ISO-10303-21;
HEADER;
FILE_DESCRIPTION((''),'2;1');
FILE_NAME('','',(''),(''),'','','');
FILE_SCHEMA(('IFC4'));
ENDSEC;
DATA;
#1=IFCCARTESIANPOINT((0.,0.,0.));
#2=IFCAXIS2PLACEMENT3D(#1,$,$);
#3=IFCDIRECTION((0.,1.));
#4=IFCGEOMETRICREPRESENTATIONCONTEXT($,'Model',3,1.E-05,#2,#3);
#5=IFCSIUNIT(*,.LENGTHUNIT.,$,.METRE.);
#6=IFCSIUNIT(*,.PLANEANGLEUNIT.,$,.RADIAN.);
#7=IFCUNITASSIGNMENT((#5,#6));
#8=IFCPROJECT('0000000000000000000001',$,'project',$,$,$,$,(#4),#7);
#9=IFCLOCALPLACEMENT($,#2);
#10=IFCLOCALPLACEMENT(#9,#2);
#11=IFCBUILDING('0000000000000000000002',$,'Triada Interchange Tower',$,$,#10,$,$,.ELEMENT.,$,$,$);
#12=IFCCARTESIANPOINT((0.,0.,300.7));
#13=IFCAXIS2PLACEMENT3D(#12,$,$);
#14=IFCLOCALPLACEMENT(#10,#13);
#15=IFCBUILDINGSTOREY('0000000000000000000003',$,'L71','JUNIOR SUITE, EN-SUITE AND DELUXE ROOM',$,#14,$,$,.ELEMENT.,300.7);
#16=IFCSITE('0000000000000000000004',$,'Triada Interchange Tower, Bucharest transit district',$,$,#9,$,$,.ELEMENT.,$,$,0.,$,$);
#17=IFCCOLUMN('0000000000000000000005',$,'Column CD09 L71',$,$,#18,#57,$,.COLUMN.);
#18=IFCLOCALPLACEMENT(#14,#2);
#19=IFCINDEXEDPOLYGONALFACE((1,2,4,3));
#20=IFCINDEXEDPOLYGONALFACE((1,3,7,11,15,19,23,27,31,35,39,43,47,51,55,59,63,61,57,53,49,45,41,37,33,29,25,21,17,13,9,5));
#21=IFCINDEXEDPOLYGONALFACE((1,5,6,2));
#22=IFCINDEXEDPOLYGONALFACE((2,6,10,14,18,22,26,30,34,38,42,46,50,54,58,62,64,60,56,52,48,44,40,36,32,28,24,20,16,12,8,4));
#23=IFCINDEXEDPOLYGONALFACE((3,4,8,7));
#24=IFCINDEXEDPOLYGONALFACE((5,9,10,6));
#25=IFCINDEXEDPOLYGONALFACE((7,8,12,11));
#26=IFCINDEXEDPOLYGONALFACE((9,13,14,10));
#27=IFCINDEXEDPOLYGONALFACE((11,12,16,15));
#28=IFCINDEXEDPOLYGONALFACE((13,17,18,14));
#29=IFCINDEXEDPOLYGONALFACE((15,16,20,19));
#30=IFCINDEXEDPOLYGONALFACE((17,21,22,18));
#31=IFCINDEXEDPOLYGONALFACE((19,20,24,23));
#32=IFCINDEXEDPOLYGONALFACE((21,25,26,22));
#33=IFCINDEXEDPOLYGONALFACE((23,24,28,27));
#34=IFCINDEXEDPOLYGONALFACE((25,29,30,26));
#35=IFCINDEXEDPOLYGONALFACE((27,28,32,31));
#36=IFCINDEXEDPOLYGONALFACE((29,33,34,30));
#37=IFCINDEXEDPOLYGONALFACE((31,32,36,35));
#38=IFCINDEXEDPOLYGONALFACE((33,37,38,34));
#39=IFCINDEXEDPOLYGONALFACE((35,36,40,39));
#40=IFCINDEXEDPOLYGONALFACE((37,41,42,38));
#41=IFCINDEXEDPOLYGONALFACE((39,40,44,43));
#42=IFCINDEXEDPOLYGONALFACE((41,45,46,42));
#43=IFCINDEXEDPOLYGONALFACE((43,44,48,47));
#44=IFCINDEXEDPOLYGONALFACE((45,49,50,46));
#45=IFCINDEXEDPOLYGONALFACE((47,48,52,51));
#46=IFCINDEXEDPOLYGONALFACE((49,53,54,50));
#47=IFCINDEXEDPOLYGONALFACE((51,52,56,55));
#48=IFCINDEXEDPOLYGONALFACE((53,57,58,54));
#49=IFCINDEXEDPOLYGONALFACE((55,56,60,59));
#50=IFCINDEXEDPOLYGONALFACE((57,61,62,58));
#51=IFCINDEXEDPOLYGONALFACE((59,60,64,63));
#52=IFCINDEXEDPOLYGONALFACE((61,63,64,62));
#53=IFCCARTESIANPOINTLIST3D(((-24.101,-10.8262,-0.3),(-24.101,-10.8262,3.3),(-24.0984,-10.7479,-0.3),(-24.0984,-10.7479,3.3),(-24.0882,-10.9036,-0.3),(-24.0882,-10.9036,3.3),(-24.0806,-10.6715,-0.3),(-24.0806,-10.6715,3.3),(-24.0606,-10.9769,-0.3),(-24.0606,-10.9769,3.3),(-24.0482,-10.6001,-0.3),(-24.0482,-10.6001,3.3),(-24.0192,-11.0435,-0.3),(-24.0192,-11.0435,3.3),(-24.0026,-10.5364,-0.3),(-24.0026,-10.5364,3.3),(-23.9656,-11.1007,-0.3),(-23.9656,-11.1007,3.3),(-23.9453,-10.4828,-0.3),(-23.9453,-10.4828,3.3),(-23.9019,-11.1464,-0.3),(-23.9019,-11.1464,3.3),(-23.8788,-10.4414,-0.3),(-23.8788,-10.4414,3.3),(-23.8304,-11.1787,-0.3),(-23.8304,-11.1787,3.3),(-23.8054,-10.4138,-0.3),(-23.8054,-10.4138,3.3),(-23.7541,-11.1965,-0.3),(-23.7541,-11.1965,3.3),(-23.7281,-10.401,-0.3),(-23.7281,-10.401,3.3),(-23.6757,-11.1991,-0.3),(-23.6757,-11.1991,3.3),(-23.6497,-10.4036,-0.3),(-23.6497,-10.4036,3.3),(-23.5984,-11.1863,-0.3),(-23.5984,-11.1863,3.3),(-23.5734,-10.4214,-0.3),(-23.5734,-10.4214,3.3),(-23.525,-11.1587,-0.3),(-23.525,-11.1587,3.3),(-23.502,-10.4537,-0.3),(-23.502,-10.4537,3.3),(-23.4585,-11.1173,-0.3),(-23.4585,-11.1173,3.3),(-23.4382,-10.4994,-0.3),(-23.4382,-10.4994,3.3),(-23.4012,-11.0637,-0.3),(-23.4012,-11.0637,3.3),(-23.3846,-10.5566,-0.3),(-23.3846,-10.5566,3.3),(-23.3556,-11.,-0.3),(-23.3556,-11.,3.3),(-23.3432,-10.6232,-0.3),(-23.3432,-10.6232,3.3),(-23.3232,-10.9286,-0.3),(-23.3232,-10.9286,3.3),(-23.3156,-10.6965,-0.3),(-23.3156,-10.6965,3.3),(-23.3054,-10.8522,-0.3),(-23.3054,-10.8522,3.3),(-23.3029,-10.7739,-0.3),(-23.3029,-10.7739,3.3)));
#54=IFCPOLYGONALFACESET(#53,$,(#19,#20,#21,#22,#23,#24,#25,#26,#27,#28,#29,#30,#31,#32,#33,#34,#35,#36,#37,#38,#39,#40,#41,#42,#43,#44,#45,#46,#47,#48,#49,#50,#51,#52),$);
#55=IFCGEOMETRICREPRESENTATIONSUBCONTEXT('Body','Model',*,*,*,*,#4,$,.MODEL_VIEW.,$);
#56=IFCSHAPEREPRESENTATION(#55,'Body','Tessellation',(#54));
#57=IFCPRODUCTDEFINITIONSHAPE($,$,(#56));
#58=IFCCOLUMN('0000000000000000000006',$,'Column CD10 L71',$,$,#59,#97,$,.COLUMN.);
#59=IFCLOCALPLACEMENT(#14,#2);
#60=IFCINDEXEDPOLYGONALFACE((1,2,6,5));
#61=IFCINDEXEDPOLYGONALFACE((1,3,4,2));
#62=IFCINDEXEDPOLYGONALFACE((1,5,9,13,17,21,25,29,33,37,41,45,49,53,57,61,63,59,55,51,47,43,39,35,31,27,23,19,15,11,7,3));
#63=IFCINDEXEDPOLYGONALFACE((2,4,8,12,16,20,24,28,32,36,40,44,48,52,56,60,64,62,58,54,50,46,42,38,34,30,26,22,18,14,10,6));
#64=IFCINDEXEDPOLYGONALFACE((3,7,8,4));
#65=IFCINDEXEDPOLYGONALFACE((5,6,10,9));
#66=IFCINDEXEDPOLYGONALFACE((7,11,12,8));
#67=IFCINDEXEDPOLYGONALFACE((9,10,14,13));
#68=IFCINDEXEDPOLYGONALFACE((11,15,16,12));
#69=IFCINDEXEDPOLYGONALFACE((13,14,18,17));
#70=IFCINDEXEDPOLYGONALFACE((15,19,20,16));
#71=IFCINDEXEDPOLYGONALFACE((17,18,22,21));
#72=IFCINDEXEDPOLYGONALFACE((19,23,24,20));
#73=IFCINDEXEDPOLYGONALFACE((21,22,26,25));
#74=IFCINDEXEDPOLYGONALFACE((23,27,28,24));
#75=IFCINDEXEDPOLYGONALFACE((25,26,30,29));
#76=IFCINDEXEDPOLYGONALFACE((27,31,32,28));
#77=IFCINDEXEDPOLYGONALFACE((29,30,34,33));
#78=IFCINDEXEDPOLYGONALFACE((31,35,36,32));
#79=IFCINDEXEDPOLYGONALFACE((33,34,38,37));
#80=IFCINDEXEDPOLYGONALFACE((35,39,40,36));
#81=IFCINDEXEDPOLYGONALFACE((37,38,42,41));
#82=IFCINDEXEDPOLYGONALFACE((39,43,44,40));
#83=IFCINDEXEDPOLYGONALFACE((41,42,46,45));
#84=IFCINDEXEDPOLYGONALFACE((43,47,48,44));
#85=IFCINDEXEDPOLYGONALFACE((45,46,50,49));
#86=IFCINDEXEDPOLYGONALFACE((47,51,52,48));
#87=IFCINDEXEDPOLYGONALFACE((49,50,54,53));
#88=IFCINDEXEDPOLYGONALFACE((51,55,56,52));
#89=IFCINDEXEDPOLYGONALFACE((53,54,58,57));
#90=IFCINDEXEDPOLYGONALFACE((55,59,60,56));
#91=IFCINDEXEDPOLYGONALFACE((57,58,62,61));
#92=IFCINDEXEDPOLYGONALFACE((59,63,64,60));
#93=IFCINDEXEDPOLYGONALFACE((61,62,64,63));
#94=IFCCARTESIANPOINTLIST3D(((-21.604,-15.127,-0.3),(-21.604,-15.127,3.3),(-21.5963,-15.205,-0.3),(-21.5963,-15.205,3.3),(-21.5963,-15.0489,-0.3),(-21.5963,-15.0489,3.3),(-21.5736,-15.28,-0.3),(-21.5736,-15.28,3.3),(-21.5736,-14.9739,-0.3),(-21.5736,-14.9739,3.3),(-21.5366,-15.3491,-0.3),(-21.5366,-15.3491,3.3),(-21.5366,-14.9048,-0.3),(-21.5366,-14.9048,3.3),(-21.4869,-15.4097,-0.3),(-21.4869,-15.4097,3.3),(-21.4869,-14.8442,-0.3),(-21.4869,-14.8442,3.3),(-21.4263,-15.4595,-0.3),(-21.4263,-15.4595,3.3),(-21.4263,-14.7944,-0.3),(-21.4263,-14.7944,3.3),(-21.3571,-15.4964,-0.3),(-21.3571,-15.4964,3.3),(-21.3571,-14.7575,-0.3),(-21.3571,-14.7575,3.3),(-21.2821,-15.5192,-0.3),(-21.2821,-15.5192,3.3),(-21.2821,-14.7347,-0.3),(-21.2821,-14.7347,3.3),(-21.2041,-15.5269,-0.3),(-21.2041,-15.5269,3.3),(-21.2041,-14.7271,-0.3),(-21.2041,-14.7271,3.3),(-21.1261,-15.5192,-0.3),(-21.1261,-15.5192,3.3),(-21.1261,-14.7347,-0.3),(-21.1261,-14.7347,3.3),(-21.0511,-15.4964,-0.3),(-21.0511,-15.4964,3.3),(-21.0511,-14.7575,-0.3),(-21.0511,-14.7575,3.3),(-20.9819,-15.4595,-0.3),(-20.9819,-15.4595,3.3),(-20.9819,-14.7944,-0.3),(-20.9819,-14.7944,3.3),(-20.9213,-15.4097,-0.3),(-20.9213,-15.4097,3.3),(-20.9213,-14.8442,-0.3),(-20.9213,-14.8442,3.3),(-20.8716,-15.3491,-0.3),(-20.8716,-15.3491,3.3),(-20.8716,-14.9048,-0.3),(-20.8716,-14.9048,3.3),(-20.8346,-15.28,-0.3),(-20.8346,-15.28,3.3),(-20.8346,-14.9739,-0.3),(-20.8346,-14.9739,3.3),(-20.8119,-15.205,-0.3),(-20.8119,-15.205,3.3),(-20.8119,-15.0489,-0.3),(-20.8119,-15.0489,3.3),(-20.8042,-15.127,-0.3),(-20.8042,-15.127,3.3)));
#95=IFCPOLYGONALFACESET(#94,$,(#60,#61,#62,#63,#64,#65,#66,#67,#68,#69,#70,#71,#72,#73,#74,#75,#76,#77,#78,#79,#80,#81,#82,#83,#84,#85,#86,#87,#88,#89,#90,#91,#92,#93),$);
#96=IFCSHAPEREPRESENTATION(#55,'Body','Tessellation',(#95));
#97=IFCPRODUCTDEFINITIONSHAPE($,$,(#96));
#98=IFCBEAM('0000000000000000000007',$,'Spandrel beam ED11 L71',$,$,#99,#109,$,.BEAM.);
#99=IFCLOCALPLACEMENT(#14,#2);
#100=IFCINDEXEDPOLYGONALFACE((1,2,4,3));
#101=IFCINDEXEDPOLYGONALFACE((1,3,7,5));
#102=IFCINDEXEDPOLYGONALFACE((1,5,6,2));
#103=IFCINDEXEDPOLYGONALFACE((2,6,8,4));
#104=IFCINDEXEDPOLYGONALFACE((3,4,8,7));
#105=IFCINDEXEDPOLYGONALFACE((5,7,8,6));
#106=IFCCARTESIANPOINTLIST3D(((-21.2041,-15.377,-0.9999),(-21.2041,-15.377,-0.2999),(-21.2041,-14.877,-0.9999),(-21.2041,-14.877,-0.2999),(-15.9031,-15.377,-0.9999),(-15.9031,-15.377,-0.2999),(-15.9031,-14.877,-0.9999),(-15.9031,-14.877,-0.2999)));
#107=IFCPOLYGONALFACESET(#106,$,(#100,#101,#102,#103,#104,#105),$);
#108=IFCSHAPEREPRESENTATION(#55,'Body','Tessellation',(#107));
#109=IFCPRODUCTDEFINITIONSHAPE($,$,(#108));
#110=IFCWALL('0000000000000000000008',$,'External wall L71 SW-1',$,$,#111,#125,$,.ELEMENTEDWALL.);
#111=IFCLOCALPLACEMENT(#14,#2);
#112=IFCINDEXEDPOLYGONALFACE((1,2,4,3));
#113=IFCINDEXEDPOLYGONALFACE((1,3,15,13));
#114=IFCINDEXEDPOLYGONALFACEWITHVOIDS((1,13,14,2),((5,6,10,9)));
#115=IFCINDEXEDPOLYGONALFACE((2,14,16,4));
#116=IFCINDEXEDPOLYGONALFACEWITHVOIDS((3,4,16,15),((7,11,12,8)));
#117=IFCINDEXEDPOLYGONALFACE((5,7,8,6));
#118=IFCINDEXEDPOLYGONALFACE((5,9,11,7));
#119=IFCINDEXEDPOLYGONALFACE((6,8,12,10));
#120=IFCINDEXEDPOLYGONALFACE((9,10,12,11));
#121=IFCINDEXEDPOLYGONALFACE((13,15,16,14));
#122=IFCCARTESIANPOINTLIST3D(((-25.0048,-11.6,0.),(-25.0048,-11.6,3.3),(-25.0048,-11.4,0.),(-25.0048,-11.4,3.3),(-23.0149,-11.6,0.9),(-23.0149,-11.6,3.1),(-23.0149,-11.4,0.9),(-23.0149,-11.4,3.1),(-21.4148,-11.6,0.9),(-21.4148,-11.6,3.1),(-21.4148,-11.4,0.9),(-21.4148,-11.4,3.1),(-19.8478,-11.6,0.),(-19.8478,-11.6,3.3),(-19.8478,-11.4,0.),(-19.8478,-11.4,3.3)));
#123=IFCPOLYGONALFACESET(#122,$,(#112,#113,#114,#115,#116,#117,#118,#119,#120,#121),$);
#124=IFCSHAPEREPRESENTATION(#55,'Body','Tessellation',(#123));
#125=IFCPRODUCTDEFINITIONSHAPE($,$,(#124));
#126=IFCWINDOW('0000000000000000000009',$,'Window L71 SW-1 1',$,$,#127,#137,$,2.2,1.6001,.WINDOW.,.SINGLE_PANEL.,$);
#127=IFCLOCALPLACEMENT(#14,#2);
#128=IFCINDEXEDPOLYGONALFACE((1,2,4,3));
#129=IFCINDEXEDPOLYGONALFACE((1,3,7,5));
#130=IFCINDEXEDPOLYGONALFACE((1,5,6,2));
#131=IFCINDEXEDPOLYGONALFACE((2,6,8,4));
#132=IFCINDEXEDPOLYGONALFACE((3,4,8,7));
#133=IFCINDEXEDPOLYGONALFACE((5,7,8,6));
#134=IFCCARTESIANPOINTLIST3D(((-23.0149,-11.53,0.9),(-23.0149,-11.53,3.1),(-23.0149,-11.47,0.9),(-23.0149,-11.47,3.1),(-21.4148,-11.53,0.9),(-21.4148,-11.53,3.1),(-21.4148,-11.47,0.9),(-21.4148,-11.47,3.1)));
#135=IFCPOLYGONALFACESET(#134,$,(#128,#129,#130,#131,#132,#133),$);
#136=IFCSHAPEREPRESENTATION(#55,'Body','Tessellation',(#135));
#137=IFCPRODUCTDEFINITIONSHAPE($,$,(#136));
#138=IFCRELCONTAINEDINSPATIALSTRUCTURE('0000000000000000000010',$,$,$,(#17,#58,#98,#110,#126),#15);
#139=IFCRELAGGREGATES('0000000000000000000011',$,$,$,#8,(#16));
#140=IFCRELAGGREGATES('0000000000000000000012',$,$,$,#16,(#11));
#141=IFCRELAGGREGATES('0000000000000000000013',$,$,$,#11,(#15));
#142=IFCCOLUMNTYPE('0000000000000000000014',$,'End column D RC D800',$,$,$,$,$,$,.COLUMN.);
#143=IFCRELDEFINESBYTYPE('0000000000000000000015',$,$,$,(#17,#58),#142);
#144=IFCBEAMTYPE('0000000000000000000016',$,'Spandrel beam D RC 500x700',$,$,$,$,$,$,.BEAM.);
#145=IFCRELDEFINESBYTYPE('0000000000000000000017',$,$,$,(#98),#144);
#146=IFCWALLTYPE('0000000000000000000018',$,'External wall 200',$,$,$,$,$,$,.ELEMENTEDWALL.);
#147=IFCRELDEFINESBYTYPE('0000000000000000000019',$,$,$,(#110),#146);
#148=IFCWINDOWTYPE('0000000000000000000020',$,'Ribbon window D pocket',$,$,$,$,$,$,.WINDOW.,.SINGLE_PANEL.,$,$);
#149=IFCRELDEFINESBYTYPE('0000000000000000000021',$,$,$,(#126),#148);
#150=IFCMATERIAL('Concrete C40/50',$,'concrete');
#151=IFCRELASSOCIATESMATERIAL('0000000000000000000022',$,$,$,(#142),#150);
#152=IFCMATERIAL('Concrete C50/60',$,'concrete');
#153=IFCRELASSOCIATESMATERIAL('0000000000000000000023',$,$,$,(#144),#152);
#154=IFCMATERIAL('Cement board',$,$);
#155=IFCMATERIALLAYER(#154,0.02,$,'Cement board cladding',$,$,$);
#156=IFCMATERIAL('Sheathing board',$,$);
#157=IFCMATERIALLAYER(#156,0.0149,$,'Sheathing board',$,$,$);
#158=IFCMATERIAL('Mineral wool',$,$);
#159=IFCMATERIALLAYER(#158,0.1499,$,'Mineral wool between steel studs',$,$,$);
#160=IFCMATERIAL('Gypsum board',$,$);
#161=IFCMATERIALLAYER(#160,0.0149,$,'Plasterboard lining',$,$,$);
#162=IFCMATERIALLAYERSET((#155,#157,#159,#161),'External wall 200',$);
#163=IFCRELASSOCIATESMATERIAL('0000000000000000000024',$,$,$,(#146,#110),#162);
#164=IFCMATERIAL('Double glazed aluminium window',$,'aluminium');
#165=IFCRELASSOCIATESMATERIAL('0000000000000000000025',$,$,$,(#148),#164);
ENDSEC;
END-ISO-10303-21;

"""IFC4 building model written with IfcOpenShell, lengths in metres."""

from ifc_helpers import new_model, si_unit, direction, frame, frame_2d, origin, origin_2d, place, context, subcontext, project, spatial, rectangle, circle, extrude, material, layer, layer_set, layer_usage, material_profile, profile_set, type_object, element, fill, save


model = new_model("IFC4")

# Units and contexts
model_context = context("Model", 3, precision=1e-05, world=origin(), true_north=direction((0.0, 1.0)))
body_context = subcontext(model_context, "Body", "Model", "MODEL_VIEW")
ifc_project = project(units=[si_unit("LENGTHUNIT", "METRE"), si_unit("PLANEANGLEUNIT", "RADIAN")], contexts=[model_context])

# Site, building, storey
site_placement = place(None, origin())
site = spatial("IfcSite", under=ifc_project, at=site_placement, Name="Triada Interchange Tower, Bucharest transit district", CompositionType="ELEMENT", RefElevation=0.0)
building_placement = place(site_placement, origin())
building = spatial("IfcBuilding", under=site, at=building_placement, Name="Triada Interchange Tower", CompositionType="ELEMENT")
storey_placement = place(building_placement, frame((0.0, 0.0, 300.7)))
storey = spatial("IfcBuildingStorey", under=building, at=storey_placement, Name="L71", Description="JUNIOR SUITE, EN-SUITE AND DELUXE ROOM", CompositionType="ELEMENT", Elevation=300.7)

# Columns
ifc_material_1 = material(Name="Concrete C40/50", Category="concrete")
ifc_material_profile_1 = material_profile(ifc_material_1, circle(Radius=0.3999, at=origin_2d()), Name="RC D800")
ifc_profile_set_1 = profile_set([ifc_material_profile_1], Name="Concrete C40/50")
column_type = type_object("IfcColumnType", Name="End column D RC D800", PredefinedType="COLUMN", material=ifc_profile_set_1)
for number, where, z_axis, x_axis, name in (
    (1, (-23.7019, -10.8, -0.3), (0.0, 0.0, 1.0), (0.5, 0.866025, 0.0), "Column CD09 L71"),
    (2, (-21.2041, -15.127, -0.3), (0.0, 0.0, 1.0), (1.0, 0.0, 0.0), "Column CD10 L71"),
):
    element("IfcColumn", number, at=place(storey_placement, frame(where, z_axis=z_axis, x_axis=x_axis)), inside=storey, type_object=column_type, Name=name, PredefinedType="COLUMN", context=body_context, shape_type="SweptSolid", body=[
        extrude(circle(Radius=0.3999, at=origin_2d()), origin(), (0.0, 0.0, 1.0), 3.6001),
    ])

# Beam
ifc_material_2 = material(Name="Concrete C50/60", Category="concrete")
ifc_material_profile_2 = material_profile(ifc_material_2, rectangle(XDim=0.5, YDim=0.7, at=origin_2d()), Name="RC 500x700")
ifc_profile_set_2 = profile_set([ifc_material_profile_2], Name="Concrete C50/60")
beam_type = type_object("IfcBeamType", Name="Spandrel beam D RC 500x700", PredefinedType="BEAM", material=ifc_profile_set_2)
beam_placement = place(storey_placement, frame((-21.2041, -15.127, -0.6499), z_axis=(1.0, 0.0, 0.0), x_axis=(0.0, 1.0, 0.0)))
element("IfcBeam", 3, at=beam_placement, inside=storey, type_object=beam_type, Name="Spandrel beam ED11 L71", PredefinedType="BEAM", context=body_context, shape_type="SweptSolid", body=[
    extrude(rectangle(XDim=0.5, YDim=0.7, at=origin_2d()), origin(), (0.0, 0.0, 1.0), 5.301),
])

# Wall, opening, window
ifc_material_3 = material(Name="Cement board")
ifc_layer_1 = layer(ifc_material_3, 0.02, Name="Cement board cladding")
ifc_material_4 = material(Name="Sheathing board")
ifc_layer_2 = layer(ifc_material_4, 0.0149, Name="Sheathing board")
ifc_material_5 = material(Name="Mineral wool")
ifc_layer_3 = layer(ifc_material_5, 0.1499, Name="Mineral wool between steel studs")
ifc_material_6 = material(Name="Gypsum board")
ifc_layer_4 = layer(ifc_material_6, 0.0149, Name="Plasterboard lining")
ifc_layer_set_1 = layer_set([ifc_layer_1, ifc_layer_2, ifc_layer_3, ifc_layer_4], Name="External wall 200")
ifc_layer_usage = layer_usage(ifc_layer_set_1, "AXIS2", "POSITIVE", -0.1001)
wall_type = type_object("IfcWallType", Name="External wall 200", PredefinedType="ELEMENTEDWALL", material=ifc_layer_set_1)
wall_1_placement = place(storey_placement, frame((-25.0049, -11.5, 0.0), z_axis=(0.0, 0.0, 1.0), x_axis=(1.0, 0.0, 0.0)))
wall_1 = element("IfcWall", 4, at=wall_1_placement, inside=storey, type_object=wall_type, material=ifc_layer_usage, Name="External wall L71 SW-1", PredefinedType="ELEMENTEDWALL", context=body_context, shape_type="SweptSolid", body=[
    extrude(rectangle(XDim=5.157, YDim=0.2, at=frame_2d((2.5786, 0.0))), origin(), (0.0, 0.0, 1.0), 3.3),
])
opening_1_placement = place(wall_1_placement, frame((1.99, 0.0, 0.8999)))
opening_1 = element("IfcOpeningElement", 5, at=opening_1_placement, cuts=wall_1, PredefinedType="OPENING", context=body_context, shape_type="SweptSolid", body=[
    extrude(rectangle(XDim=1.6001, YDim=2.2, at=frame_2d((0.8, 1.1001))), frame((0.0, 0.1099, 0.0), z_axis=(0.0, -1.0, 0.0), x_axis=(1.0, 0.0, 0.0)), (0.0, 0.0, 1.0), 0.22),
])
ifc_material_7 = material(Name="Double glazed aluminium window", Category="aluminium")
window_type_1 = type_object("IfcWindowType", Name="Ribbon window D pocket", PartitioningType="SINGLE_PANEL", PredefinedType="WINDOW", material=ifc_material_7)
window_1_placement = place(opening_1_placement, origin())
window_1 = element("IfcWindow", 6, at=window_1_placement, inside=storey, type_object=window_type_1, Name="Window L71 SW-1 1", OverallHeight=2.2, OverallWidth=1.6001, PartitioningType="SINGLE_PANEL", PredefinedType="WINDOW", context=body_context, shape_type="SweptSolid", body=[
    extrude(rectangle(XDim=1.6001, YDim=2.2, at=frame_2d((0.8, 1.1001))), frame((0.0, 0.03, 0.0), z_axis=(0.0, -1.0, 0.0), x_axis=(1.0, 0.0, 0.0)), (0.0, 0.0, 1.0), 0.0601),
])
fill(opening_1, window_1)

save(model, "model.ifc")
